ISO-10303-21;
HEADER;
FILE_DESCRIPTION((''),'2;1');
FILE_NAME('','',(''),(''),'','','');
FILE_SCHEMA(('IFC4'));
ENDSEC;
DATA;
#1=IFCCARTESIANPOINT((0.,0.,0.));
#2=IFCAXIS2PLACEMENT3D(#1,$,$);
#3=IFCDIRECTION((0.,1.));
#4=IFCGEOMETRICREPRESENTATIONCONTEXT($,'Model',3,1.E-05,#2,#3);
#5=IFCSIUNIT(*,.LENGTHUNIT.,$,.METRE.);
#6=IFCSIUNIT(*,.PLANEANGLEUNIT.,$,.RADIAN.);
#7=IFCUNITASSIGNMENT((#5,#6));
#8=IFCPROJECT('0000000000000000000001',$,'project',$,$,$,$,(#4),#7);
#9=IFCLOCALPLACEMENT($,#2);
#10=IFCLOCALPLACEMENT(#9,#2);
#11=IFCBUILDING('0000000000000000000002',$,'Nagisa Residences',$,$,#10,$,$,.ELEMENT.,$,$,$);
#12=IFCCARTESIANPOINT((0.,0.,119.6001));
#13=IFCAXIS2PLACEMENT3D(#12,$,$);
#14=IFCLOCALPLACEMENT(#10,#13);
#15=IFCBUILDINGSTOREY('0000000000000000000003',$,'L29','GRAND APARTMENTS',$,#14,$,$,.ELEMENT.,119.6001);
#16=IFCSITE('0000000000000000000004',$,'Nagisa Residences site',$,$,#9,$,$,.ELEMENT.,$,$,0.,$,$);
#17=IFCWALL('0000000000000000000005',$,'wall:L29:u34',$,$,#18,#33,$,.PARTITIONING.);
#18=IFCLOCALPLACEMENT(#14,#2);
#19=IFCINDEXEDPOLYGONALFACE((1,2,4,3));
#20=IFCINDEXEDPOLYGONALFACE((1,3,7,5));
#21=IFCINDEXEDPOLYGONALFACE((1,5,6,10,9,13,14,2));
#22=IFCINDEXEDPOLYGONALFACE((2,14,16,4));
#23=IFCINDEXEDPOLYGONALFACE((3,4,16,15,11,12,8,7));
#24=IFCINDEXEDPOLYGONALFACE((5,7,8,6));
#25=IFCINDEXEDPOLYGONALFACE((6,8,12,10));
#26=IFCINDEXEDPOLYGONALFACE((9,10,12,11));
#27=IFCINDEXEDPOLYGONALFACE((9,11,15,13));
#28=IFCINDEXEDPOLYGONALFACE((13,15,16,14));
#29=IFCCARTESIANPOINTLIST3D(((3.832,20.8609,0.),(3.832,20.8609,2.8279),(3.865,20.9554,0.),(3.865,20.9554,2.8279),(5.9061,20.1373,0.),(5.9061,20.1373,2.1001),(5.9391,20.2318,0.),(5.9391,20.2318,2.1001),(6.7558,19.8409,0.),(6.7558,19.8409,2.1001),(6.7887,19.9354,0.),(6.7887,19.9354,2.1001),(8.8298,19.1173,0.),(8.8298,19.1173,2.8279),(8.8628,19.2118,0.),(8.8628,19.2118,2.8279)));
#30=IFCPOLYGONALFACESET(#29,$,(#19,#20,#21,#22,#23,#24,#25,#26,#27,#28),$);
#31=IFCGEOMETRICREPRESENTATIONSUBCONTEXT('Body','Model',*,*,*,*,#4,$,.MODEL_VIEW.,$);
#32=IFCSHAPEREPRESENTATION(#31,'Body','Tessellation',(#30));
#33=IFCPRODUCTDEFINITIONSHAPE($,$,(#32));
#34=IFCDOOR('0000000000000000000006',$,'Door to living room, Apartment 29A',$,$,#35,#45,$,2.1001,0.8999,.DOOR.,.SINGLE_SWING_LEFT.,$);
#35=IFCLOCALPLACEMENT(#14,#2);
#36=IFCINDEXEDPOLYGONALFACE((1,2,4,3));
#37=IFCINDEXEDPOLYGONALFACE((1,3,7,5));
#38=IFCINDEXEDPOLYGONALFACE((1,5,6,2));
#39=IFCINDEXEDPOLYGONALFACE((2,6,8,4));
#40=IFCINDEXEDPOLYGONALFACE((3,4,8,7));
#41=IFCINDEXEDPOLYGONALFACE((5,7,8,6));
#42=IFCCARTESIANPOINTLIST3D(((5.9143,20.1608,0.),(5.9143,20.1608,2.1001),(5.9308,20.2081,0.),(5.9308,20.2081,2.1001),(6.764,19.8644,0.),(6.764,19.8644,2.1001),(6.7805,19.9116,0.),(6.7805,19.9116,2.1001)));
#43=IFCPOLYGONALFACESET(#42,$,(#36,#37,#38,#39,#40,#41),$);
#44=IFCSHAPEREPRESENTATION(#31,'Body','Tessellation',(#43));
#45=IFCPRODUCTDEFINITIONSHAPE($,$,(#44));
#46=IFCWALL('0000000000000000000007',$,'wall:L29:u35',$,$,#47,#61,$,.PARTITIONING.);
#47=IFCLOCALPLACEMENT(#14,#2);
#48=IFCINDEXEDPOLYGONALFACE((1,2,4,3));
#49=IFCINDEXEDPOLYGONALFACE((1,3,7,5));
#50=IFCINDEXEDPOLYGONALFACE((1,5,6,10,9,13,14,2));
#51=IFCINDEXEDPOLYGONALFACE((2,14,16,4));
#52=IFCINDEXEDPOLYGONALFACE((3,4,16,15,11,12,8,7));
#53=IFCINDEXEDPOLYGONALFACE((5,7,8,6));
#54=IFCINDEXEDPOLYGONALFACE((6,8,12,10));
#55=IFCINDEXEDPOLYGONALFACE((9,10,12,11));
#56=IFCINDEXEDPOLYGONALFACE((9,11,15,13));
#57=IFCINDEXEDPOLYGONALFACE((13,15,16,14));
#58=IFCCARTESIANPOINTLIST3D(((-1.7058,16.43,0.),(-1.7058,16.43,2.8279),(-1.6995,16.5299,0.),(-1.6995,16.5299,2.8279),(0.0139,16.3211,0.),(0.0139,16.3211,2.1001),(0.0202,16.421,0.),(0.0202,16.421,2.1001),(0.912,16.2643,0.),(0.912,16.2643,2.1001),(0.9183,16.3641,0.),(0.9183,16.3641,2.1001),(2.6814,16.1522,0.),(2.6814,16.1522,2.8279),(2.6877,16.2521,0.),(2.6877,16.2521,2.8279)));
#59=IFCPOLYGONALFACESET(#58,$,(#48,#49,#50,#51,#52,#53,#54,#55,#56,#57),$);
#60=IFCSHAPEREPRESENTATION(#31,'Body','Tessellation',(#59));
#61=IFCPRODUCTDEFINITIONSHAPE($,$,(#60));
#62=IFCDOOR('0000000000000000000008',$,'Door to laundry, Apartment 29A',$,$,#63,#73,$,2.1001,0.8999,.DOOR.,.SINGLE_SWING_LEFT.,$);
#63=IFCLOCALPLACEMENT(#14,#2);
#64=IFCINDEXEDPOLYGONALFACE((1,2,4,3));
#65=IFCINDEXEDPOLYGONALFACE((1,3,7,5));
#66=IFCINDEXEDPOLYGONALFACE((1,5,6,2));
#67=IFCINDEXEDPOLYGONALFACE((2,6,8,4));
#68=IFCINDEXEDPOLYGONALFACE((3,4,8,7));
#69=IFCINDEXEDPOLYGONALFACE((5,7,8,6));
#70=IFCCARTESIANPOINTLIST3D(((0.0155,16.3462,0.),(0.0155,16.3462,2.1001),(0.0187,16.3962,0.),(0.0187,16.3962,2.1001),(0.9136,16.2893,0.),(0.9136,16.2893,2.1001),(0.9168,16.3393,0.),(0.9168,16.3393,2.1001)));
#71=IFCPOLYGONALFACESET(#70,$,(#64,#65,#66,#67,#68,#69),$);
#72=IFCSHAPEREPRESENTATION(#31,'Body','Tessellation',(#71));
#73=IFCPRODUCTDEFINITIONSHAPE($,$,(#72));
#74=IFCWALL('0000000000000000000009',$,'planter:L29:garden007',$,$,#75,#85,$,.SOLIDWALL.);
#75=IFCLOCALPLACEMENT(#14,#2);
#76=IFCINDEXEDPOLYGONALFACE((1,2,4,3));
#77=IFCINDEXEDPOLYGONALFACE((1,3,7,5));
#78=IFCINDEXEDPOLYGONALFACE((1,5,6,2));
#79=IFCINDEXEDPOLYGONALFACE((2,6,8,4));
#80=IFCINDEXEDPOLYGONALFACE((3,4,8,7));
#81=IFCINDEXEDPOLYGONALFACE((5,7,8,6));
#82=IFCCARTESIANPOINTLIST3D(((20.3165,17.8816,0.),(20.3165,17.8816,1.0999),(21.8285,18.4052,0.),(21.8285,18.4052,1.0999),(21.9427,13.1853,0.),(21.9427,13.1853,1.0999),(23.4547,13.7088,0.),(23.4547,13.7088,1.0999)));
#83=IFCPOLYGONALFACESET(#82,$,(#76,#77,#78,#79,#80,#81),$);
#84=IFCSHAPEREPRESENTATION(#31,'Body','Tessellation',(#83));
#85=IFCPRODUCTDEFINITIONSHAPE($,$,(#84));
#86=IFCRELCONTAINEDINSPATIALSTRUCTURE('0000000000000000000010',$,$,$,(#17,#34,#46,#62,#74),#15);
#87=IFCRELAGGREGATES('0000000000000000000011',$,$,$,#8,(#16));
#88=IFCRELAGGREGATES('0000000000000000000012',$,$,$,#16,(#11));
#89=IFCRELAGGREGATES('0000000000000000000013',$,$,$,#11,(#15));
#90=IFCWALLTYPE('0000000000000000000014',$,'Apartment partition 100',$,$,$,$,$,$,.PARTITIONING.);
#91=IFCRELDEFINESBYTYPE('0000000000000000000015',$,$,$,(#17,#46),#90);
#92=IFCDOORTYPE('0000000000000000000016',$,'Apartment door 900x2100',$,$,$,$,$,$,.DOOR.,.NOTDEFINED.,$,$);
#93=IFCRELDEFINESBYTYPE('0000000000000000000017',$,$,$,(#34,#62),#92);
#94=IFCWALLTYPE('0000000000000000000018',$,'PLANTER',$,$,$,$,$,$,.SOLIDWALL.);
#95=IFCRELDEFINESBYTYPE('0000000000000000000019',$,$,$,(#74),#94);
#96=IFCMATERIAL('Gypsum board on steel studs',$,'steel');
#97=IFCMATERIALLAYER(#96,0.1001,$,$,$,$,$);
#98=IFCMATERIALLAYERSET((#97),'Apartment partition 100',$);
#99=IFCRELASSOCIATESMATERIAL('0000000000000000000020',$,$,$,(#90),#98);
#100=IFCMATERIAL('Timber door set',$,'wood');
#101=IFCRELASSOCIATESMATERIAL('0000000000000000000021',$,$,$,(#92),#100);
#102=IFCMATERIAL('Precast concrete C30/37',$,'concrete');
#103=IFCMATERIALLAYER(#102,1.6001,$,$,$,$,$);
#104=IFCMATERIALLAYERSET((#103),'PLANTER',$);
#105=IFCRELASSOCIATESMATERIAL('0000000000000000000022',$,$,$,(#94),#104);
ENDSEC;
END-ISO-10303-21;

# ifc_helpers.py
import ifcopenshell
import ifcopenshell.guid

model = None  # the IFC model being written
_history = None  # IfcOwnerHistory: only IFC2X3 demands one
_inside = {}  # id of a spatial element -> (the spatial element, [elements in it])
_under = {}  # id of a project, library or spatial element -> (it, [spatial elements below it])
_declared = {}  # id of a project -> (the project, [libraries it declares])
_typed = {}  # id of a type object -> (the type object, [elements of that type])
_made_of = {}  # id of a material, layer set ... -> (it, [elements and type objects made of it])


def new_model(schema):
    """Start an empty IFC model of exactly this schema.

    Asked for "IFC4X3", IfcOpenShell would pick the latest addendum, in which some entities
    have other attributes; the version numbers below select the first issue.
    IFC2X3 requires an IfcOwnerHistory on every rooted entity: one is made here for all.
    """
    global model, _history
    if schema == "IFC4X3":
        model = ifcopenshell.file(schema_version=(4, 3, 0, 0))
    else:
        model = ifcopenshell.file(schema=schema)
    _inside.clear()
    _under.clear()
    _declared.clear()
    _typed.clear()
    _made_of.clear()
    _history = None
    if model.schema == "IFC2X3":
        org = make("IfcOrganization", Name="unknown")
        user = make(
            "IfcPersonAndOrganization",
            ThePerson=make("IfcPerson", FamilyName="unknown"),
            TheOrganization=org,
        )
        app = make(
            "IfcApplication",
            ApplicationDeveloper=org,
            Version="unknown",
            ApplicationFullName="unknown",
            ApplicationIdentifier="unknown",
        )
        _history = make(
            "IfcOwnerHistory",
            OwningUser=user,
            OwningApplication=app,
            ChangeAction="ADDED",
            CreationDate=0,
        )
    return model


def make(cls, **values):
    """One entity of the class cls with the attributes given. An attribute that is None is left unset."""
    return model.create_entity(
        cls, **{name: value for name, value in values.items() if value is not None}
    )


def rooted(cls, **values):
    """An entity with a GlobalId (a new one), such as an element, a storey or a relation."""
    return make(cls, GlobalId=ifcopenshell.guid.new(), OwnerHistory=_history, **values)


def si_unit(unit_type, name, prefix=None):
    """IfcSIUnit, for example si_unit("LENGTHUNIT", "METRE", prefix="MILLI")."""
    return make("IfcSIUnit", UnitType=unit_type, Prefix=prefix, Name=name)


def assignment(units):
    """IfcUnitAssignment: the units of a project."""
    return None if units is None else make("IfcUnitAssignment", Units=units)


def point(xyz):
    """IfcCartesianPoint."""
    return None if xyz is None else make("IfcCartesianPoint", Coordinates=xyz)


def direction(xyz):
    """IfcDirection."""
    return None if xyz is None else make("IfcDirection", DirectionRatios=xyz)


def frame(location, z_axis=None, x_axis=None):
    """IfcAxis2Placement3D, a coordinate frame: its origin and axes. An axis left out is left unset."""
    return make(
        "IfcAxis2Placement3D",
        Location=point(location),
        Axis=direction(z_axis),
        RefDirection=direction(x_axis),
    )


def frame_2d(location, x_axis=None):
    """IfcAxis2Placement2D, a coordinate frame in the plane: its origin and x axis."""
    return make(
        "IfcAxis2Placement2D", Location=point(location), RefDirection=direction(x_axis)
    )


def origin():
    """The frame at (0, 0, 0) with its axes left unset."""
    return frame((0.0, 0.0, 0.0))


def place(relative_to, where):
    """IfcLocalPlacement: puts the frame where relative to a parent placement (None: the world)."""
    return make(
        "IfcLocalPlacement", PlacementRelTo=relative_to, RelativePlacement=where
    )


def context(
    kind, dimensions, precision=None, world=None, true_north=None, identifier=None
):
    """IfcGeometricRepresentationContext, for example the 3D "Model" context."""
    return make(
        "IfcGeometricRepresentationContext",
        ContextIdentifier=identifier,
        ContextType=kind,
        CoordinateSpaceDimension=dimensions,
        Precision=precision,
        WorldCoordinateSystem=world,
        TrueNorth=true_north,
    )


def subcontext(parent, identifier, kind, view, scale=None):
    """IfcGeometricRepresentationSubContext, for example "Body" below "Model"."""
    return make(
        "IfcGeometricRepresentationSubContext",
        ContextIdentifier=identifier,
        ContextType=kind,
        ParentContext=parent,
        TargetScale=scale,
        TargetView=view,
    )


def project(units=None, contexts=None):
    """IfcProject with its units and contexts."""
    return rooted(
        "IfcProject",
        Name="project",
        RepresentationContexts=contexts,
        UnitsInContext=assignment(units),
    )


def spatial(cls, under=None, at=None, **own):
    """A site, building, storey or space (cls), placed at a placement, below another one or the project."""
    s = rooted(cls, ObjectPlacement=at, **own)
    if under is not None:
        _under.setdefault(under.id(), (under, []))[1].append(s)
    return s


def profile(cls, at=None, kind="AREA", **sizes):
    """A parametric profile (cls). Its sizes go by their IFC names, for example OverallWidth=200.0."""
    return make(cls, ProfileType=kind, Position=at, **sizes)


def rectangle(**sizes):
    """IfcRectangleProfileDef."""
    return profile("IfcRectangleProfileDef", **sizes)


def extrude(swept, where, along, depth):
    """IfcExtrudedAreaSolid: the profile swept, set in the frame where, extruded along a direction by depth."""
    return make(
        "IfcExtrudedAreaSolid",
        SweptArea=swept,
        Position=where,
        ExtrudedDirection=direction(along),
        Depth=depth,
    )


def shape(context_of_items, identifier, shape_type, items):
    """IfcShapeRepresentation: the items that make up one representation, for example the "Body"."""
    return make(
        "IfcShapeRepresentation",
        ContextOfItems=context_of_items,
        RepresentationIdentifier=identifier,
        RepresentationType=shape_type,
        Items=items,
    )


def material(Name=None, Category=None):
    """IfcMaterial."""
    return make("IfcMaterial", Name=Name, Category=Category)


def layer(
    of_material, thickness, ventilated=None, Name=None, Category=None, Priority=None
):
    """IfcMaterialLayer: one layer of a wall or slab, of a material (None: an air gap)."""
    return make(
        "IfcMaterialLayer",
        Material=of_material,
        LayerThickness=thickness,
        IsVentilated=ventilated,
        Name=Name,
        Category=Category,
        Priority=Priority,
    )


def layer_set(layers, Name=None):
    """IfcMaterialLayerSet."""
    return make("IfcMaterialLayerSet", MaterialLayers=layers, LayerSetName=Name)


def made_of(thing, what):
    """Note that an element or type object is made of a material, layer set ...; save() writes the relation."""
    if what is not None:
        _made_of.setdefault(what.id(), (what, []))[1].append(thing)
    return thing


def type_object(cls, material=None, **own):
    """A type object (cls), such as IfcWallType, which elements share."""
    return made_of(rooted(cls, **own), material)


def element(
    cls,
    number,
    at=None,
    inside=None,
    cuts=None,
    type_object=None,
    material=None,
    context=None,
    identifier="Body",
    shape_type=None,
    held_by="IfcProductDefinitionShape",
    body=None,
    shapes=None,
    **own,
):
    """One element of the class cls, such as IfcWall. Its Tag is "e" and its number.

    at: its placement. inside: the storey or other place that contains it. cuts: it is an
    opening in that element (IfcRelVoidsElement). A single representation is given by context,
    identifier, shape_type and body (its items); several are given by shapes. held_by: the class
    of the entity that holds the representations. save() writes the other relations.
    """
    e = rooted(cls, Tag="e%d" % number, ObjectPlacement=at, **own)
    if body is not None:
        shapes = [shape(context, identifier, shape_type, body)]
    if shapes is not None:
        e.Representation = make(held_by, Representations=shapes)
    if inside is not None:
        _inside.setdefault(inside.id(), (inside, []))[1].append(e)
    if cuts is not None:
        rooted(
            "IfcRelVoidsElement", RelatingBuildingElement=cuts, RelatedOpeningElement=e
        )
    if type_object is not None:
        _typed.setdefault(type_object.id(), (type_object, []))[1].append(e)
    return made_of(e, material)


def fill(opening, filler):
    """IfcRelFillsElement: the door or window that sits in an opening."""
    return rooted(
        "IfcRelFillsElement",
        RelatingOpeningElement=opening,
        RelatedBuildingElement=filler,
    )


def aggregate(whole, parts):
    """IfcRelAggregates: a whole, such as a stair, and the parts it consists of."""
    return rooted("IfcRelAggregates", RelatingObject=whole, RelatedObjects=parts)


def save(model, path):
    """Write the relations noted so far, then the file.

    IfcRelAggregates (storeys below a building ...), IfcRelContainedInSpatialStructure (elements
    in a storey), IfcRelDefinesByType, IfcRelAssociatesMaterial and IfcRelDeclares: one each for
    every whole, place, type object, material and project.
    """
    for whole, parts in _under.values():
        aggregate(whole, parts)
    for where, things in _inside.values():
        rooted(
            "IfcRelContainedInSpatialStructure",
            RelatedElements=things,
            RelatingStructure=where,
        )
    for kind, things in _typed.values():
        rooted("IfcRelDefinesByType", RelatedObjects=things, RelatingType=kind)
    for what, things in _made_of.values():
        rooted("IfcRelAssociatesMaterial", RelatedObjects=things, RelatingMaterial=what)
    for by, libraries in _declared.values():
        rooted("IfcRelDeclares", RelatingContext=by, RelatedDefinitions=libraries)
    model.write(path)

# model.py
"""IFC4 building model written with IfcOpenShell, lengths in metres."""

from ifc_helpers import new_model, si_unit, direction, frame, frame_2d, origin, place, context, subcontext, project, spatial, rectangle, extrude, material, layer, layer_set, type_object, element, fill, save


model = new_model("IFC4")

# Units and contexts
model_context = context("Model", 3, precision=1e-05, world=origin(), true_north=direction((0.0, 1.0)))
body_context = subcontext(model_context, "Body", "Model", "MODEL_VIEW")
ifc_project = project(units=[si_unit("LENGTHUNIT", "METRE"), si_unit("PLANEANGLEUNIT", "RADIAN")], contexts=[model_context])

# Site, building, storey
site_placement = place(None, origin())
site = spatial("IfcSite", under=ifc_project, at=site_placement, Name="Nagisa Residences site", CompositionType="ELEMENT", RefElevation=0.0)
building_placement = place(site_placement, origin())
building = spatial("IfcBuilding", under=site, at=building_placement, Name="Nagisa Residences", CompositionType="ELEMENT")
storey_placement = place(building_placement, frame((0.0, 0.0, 119.6001)))
storey = spatial("IfcBuildingStorey", under=building, at=storey_placement, Name="L29", Description="GRAND APARTMENTS", CompositionType="ELEMENT", Elevation=119.6001)

# Shared definitions
ifc_material_1 = material(Name="Gypsum board on steel studs", Category="steel")
ifc_layer_1 = layer(ifc_material_1, 0.1001)
ifc_layer_set_1 = layer_set([ifc_layer_1], Name="Apartment partition 100")
wall_type_1 = type_object("IfcWallType", Name="Apartment partition 100", PredefinedType="PARTITIONING", material=ifc_layer_set_1)

# Shared definitions
ifc_material_2 = material(Name="Timber door set", Category="wood")
door_type_1 = type_object("IfcDoorType", Name="Apartment door 900x2100", OperationType="NOTDEFINED", PredefinedType="DOOR", material=ifc_material_2)

# Walls, openings, doors
wall_1_placement = place(storey_placement, frame((8.8462, 19.1646, 0.0), z_axis=(0.0, 0.0, 1.0), x_axis=(-0.944187, 0.329411, 0.0)))
wall_1 = element("IfcWall", 1, at=wall_1_placement, inside=storey, type_object=wall_type_1, Name="wall:L29:u34", PredefinedType="PARTITIONING", context=body_context, shape_type="SweptSolid", body=[
    extrude(rectangle(XDim=5.2932, YDim=0.1001, at=frame_2d((2.6465, 0.0))), origin(), (0.0, 0.0, 1.0), 2.8279),
])
opening_1_placement = place(wall_1_placement, frame((2.1965, 0.0, 0.0)))
opening_1 = element("IfcOpeningElement", 2, at=opening_1_placement, cuts=wall_1, PredefinedType="OPENING", context=body_context, shape_type="SweptSolid", body=[
    extrude(rectangle(XDim=0.8999, YDim=2.1001, at=frame_2d((0.45, 1.05))), frame((0.0, 0.0601, 0.0), z_axis=(0.0, -1.0, 0.0), x_axis=(1.0, 0.0, 0.0)), (0.0, 0.0, 1.0), 0.1201),
])
door_1_placement = place(opening_1_placement, frame((0.8999, 0.0, 0.0), x_axis=(-1.0, 0.0, 0.0)))
door_1 = element("IfcDoor", 3, at=door_1_placement, inside=storey, type_object=door_type_1, Name="Door to living room, Apartment 29A", OperationType="SINGLE_SWING_LEFT", OverallHeight=2.1001, OverallWidth=0.8999, PredefinedType="DOOR", context=body_context, shape_type="SweptSolid", body=[
    extrude(rectangle(XDim=0.8999, YDim=2.1001, at=frame_2d((0.45, 1.05))), frame((0.0, 0.0249, 0.0), z_axis=(0.0, -1.0, 0.0), x_axis=(1.0, 0.0, 0.0)), (0.0, 0.0, 1.0), 0.05),
])
fill(opening_1, door_1)
wall_2_placement = place(storey_placement, frame((2.6846, 16.2021, 0.0), z_axis=(0.0, 0.0, 1.0), x_axis=(-0.998001, 0.063201, 0.0)))
wall_2 = element("IfcWall", 4, at=wall_2_placement, inside=storey, type_object=wall_type_1, Name="wall:L29:u35", PredefinedType="PARTITIONING", context=body_context, shape_type="SweptSolid", body=[
    extrude(rectangle(XDim=4.396, YDim=0.1001, at=frame_2d((2.198, 0.0))), origin(), (0.0, 0.0, 1.0), 2.8279),
])
opening_2_placement = place(wall_2_placement, frame((1.7729, 0.0, 0.0)))
opening_2 = element("IfcOpeningElement", 5, at=opening_2_placement, cuts=wall_2, PredefinedType="OPENING", context=body_context, shape_type="SweptSolid", body=[
    extrude(rectangle(XDim=0.8999, YDim=2.1001, at=frame_2d((0.45, 1.05))), frame((0.0, 0.0601, 0.0), z_axis=(0.0, -1.0, 0.0), x_axis=(1.0, 0.0, 0.0)), (0.0, 0.0, 1.0), 0.1201),
])
door_2_placement = place(opening_2_placement, origin())
door_2 = element("IfcDoor", 6, at=door_2_placement, inside=storey, type_object=door_type_1, Name="Door to laundry, Apartment 29A", OperationType="SINGLE_SWING_LEFT", OverallHeight=2.1001, OverallWidth=0.8999, PredefinedType="DOOR", context=body_context, shape_type="SweptSolid", body=[
    extrude(rectangle(XDim=0.8999, YDim=2.1001, at=frame_2d((0.45, 1.05))), frame((0.0, 0.0249, 0.0), z_axis=(0.0, -1.0, 0.0), x_axis=(1.0, 0.0, 0.0)), (0.0, 0.0, 1.0), 0.05),
])
fill(opening_2, door_2)

# Wall
ifc_material_3 = material(Name="Precast concrete C30/37", Category="concrete")
ifc_layer_2 = layer(ifc_material_3, 1.6001)
ifc_layer_set_2 = layer_set([ifc_layer_2], Name="PLANTER")
wall_type_2 = type_object("IfcWallType", Name="PLANTER", PredefinedType="SOLIDWALL", material=ifc_layer_set_2)
wall_3_placement = place(storey_placement, frame((21.0725, 18.1433, 0.0), z_axis=(0.0, 0.0, 1.0), x_axis=(0.327215, -0.94495, 0.0)))
element("IfcWall", 7, at=wall_3_placement, inside=storey, type_object=wall_type_2, Name="planter:L29:garden007", PredefinedType="SOLIDWALL", context=body_context, shape_type="SweptSolid", body=[
    extrude(rectangle(XDim=4.97, YDim=1.6001, at=frame_2d((2.4849, 0.0))), origin(), (0.0, 0.0, 1.0), 1.0999),
])

save(model, "model.ifc")
